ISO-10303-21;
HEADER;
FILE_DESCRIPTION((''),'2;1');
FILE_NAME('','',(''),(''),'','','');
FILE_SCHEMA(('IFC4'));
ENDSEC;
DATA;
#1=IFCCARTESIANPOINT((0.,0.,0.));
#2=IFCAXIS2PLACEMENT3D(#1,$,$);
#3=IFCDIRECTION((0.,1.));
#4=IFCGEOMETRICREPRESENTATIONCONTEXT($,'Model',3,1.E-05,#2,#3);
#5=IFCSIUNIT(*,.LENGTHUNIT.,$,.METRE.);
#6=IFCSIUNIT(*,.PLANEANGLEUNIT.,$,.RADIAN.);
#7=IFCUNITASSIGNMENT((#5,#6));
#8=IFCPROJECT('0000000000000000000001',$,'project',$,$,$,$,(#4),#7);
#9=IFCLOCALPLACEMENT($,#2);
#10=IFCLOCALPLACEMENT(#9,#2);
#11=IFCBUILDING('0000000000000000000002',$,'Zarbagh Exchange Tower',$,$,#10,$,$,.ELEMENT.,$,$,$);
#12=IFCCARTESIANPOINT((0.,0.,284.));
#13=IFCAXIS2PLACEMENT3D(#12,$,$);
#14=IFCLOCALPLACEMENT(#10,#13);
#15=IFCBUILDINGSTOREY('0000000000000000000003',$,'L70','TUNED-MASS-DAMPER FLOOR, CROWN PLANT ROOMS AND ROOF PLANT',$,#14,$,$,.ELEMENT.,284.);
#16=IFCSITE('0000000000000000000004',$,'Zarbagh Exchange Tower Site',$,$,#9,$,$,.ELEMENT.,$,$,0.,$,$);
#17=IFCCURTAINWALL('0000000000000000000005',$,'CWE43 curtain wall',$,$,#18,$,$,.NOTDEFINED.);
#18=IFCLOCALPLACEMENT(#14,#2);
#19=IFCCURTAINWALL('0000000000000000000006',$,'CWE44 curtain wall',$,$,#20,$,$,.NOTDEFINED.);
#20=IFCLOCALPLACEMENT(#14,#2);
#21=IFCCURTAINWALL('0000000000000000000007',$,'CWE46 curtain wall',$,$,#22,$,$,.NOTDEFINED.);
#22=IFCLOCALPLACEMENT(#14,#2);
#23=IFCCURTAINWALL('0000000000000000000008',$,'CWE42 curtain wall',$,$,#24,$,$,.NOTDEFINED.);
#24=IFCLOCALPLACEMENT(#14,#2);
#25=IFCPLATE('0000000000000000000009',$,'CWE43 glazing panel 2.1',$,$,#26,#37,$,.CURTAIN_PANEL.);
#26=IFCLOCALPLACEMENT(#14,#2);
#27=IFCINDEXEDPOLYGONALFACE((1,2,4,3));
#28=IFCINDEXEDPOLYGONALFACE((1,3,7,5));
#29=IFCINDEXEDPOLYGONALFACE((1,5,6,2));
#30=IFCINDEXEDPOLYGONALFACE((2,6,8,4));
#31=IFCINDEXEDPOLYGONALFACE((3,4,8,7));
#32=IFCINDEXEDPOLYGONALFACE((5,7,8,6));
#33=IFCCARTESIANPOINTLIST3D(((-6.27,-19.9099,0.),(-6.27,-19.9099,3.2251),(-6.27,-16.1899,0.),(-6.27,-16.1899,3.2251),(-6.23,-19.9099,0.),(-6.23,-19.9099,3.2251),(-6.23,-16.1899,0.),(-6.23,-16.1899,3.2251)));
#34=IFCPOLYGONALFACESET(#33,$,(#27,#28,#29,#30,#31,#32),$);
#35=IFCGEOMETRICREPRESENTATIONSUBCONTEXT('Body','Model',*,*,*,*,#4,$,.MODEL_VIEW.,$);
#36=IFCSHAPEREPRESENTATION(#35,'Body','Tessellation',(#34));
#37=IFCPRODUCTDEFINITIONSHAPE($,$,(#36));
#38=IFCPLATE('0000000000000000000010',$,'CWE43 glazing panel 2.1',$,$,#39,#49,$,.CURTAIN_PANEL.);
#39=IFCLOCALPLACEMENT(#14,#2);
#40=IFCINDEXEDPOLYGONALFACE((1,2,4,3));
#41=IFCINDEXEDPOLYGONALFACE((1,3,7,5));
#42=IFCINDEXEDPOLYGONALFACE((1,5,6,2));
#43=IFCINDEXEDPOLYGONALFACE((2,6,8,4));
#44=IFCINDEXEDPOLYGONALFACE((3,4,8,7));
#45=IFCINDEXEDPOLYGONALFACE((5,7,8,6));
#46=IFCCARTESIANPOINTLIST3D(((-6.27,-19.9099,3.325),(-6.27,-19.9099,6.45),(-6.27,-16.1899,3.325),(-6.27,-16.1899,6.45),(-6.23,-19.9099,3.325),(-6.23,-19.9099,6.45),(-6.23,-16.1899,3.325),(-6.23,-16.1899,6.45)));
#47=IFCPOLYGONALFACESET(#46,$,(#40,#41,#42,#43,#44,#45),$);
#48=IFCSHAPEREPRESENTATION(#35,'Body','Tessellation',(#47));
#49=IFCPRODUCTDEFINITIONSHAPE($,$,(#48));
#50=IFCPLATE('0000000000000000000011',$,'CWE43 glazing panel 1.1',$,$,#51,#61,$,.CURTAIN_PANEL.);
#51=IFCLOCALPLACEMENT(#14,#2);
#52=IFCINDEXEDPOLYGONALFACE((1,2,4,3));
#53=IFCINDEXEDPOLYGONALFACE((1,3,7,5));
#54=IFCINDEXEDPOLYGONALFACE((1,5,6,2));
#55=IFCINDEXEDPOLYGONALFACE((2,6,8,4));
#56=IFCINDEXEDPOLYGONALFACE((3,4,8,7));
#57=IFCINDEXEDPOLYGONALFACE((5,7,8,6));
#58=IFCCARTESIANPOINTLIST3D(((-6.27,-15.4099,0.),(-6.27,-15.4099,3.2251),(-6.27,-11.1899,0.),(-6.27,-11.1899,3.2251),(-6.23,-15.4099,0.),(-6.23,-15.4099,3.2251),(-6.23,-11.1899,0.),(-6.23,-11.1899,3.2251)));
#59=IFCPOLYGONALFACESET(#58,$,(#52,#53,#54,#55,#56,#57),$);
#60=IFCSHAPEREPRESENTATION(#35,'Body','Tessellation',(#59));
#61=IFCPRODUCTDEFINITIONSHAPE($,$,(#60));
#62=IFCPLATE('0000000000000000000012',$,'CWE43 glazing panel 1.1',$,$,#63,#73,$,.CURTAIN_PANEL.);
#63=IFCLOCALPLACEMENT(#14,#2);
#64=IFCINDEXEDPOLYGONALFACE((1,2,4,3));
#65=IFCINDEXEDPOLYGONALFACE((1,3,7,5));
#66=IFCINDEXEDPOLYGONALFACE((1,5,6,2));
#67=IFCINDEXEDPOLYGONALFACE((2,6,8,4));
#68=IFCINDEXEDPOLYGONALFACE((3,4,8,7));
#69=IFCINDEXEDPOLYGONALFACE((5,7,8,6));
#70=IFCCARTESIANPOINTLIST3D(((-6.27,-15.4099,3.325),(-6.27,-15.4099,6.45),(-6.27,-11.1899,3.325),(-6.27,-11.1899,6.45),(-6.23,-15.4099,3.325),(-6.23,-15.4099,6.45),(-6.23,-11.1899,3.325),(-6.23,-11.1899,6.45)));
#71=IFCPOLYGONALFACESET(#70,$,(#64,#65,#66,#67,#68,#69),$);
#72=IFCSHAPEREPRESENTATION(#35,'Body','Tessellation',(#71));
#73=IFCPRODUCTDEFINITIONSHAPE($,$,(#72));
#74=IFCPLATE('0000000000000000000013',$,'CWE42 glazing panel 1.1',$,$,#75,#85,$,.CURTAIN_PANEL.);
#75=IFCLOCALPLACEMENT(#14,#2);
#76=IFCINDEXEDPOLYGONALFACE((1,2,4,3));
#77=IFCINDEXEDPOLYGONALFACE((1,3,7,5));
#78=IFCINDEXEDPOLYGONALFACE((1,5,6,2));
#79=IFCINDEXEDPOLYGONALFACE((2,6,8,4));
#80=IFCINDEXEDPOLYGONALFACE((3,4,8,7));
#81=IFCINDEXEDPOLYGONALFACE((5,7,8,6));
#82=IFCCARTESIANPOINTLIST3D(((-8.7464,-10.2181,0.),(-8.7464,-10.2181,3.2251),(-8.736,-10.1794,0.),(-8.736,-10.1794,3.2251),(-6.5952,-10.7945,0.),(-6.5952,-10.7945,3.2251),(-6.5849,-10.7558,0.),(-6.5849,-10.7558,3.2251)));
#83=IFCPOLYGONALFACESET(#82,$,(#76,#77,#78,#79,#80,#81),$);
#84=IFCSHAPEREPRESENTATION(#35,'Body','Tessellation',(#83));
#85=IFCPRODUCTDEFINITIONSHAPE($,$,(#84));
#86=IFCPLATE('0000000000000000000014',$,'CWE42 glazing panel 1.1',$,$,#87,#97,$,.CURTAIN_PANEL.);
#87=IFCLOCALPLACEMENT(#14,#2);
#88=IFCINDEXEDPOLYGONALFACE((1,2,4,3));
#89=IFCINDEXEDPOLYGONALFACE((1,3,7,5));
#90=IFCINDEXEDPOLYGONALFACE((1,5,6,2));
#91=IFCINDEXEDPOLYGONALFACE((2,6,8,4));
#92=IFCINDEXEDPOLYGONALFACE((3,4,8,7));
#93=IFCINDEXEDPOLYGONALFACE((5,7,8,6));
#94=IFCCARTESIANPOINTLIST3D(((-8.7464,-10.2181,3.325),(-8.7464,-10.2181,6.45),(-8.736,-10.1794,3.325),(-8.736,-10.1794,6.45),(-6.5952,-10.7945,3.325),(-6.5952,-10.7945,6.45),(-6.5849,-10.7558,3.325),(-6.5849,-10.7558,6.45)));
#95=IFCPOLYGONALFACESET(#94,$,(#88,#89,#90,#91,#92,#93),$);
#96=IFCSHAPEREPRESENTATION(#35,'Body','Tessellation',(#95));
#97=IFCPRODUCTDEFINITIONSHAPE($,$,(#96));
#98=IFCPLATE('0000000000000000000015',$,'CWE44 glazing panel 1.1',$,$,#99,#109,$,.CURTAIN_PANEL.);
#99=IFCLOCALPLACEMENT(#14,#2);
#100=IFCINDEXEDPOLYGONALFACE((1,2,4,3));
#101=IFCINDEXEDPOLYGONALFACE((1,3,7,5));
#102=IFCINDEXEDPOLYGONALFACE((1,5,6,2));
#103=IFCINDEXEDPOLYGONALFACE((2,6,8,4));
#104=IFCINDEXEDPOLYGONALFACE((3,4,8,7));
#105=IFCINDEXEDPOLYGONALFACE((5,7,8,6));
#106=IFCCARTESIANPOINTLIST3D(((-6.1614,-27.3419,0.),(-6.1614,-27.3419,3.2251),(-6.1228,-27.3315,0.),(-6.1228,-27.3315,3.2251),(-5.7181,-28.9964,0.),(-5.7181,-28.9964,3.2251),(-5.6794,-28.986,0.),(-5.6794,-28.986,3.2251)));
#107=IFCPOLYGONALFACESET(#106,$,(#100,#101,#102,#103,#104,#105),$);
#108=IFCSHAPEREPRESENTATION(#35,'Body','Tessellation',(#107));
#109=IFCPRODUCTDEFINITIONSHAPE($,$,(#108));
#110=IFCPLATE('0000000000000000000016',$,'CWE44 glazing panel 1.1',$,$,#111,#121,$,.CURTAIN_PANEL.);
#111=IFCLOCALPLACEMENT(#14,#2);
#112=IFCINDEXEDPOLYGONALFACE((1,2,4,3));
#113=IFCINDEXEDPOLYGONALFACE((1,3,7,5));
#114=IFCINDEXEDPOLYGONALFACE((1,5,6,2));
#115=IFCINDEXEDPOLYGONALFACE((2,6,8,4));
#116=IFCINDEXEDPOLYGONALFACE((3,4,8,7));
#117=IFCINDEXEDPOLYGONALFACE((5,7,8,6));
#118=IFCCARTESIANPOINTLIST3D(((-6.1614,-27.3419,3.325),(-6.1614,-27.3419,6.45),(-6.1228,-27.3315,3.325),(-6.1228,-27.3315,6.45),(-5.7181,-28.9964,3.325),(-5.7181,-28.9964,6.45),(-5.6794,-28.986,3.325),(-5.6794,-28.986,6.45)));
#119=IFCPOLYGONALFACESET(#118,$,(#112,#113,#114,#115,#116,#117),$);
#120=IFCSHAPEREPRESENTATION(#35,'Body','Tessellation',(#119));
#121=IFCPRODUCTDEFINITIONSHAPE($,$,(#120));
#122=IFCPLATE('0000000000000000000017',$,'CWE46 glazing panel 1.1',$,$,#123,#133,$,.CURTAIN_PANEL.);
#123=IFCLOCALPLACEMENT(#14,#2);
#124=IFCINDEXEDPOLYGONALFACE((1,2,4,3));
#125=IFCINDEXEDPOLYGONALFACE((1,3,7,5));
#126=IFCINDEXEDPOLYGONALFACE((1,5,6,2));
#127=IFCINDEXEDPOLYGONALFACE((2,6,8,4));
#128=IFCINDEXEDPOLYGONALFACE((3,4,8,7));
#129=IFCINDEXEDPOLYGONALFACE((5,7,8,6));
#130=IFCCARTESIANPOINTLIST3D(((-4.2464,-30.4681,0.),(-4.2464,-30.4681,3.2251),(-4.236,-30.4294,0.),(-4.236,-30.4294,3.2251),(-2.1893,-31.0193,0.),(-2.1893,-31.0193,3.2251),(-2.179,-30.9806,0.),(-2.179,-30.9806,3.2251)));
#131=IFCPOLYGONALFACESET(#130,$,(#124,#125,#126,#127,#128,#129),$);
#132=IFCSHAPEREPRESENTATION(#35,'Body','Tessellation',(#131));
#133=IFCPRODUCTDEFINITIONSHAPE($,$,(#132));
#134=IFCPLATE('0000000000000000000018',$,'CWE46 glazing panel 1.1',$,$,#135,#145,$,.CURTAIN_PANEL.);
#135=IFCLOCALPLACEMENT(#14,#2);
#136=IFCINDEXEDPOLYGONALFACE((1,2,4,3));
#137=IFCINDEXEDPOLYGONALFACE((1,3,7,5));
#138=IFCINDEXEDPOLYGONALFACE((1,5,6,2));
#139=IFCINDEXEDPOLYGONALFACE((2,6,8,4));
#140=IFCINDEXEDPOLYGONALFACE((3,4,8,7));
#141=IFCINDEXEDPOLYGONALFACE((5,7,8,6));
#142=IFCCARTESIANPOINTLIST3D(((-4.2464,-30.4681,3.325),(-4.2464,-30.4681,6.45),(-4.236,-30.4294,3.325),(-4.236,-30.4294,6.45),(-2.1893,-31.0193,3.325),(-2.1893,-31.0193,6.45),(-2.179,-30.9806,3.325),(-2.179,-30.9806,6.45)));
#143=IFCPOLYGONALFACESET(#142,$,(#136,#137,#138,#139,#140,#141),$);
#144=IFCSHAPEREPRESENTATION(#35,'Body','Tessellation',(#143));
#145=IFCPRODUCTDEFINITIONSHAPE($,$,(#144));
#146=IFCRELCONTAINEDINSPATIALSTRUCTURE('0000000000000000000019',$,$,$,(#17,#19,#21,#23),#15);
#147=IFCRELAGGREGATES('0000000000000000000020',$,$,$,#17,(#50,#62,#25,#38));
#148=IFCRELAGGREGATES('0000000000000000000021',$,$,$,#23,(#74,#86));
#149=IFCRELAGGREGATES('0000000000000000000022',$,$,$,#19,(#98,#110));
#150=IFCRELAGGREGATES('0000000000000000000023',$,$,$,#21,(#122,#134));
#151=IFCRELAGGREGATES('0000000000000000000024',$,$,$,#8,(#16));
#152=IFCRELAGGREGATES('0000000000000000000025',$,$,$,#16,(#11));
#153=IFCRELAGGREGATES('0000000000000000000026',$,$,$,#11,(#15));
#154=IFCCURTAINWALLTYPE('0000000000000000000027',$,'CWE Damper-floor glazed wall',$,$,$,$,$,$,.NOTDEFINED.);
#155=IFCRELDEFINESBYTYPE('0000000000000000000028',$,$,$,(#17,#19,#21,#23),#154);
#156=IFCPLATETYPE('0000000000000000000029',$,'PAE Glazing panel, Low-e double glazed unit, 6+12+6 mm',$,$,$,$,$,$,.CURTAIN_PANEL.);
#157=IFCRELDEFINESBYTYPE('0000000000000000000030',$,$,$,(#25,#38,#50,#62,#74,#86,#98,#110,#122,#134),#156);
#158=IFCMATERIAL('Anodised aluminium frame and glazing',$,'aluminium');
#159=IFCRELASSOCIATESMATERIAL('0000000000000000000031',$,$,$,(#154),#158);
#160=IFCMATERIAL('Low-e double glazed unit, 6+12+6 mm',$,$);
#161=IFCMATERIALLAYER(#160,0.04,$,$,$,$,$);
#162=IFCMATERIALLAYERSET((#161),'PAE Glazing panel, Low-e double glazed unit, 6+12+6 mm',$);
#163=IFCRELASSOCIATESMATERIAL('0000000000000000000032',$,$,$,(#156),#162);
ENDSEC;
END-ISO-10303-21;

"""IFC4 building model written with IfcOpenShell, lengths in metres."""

from ifc_helpers import new_model, si_unit, direction, frame, origin, place, context, subcontext, project, spatial, polyline, outline, extrude, source, transform, mapped, material, layer, layer_set, type_object, element, aggregate, save


model = new_model("IFC4")

# Units and contexts
model_context = context("Model", 3, precision=1e-05, world=origin(), true_north=direction((0.0, 1.0)))
body_context = subcontext(model_context, "Body", "Model", "MODEL_VIEW")
ifc_project = project(units=[si_unit("LENGTHUNIT", "METRE"), si_unit("PLANEANGLEUNIT", "RADIAN")], contexts=[model_context])

# Site, building, storey
site_placement = place(None, origin())
site = spatial("IfcSite", under=ifc_project, at=site_placement, Name="Zarbagh Exchange Tower Site", CompositionType="ELEMENT", RefElevation=0.0)
building_placement = place(site_placement, origin())
building = spatial("IfcBuilding", under=site, at=building_placement, Name="Zarbagh Exchange Tower", CompositionType="ELEMENT")
storey_placement = place(building_placement, frame((0.0, 0.0, 284.0)))
storey = spatial("IfcBuildingStorey", under=building, at=storey_placement, Name="L70", Description="TUNED-MASS-DAMPER FLOOR, CROWN PLANT ROOMS AND ROOF PLANT", CompositionType="ELEMENT", Elevation=284.0)

# Curtain wall
ifc_material_1 = material(Name="Anodised aluminium frame and glazing", Category="aluminium")
curtain_wall_type = type_object("IfcCurtainWallType", Name="CWE Damper-floor glazed wall", PredefinedType="NOTDEFINED", material=ifc_material_1)
curtain_wall_1_placement = place(storey_placement, origin())
curtain_wall_1 = element("IfcCurtainWall", 1, at=curtain_wall_1_placement, inside=storey, type_object=curtain_wall_type, Name="CWE43 curtain wall", PredefinedType="NOTDEFINED")
placement = place(storey_placement, origin())

# Curtain wall
curtain_wall_2_placement = place(storey_placement, origin())
curtain_wall_2 = element("IfcCurtainWall", 2, at=curtain_wall_2_placement, inside=storey, type_object=curtain_wall_type, Name="CWE44 curtain wall", PredefinedType="NOTDEFINED")

# Curtain wall
curtain_wall_3_placement = place(storey_placement, origin())
curtain_wall_3 = element("IfcCurtainWall", 3, at=curtain_wall_3_placement, inside=storey, type_object=curtain_wall_type, Name="CWE46 curtain wall", PredefinedType="NOTDEFINED")

# Curtain wall
curtain_wall_4_placement = place(storey_placement, origin())
curtain_wall_4 = element("IfcCurtainWall", 4, at=curtain_wall_4_placement, inside=storey, type_object=curtain_wall_type, Name="CWE42 curtain wall", PredefinedType="NOTDEFINED")

# Plates
ifc_material_2 = material(Name="Low-e double glazed unit, 6+12+6 mm")
ifc_layer = layer(ifc_material_2, 0.04)
ifc_layer_set = layer_set([ifc_layer], Name="PAE Glazing panel, Low-e double glazed unit, 6+12+6 mm")
plate_type = type_object("IfcPlateType", Name="PAE Glazing panel, Low-e double glazed unit, 6+12+6 mm", PredefinedType="CURTAIN_PANEL", material=ifc_layer_set)
shared_shape_1 = source(origin(), body_context, "Body", "SweptSolid", [
    extrude(outline(polyline([(0.0, -0.02), (3.72, -0.02), (3.72, 0.02), (0.0, 0.02), (0.0, -0.02)])), origin(), (0.0, 0.0, 1.0), 3.2251),
])
plate_1 = element("IfcPlate", 5, at=placement, type_object=plate_type, Name="CWE43 glazing panel 2.1", PredefinedType="CURTAIN_PANEL", context=body_context, shape_type="MappedRepresentation", body=[
    mapped(shared_shape_1, transform((-6.25, -16.1899, 0.0), x_axis=(0.0, -1.0, 0.0), y_axis=(1.0, 0.0, 0.0), z_axis=(0.0, 0.0, 1.0))),
])
shared_shape_2 = source(origin(), body_context, "Body", "SweptSolid", [
    extrude(outline(polyline([(0.0, -0.02), (3.72, -0.02), (3.72, 0.02), (0.0, 0.02), (0.0, -0.02)])), origin(), (0.0, 0.0, 1.0), 3.125),
])
plate_2 = element("IfcPlate", 6, at=placement, type_object=plate_type, Name="CWE43 glazing panel 2.1", PredefinedType="CURTAIN_PANEL", context=body_context, shape_type="MappedRepresentation", body=[
    mapped(shared_shape_2, transform((-6.25, -16.1899, 3.325), x_axis=(0.0, -1.0, 0.0), y_axis=(1.0, 0.0, 0.0), z_axis=(0.0, 0.0, 1.0))),
])
shared_shape_3 = source(origin(), body_context, "Body", "SweptSolid", [
    extrude(outline(polyline([(0.0, -0.02), (4.22, -0.02), (4.22, 0.02), (0.0, 0.02), (0.0, -0.02)])), origin(), (0.0, 0.0, 1.0), 3.2251),
])
plate_3 = element("IfcPlate", 7, at=placement, type_object=plate_type, Name="CWE43 glazing panel 1.1", PredefinedType="CURTAIN_PANEL", context=body_context, shape_type="MappedRepresentation", body=[
    mapped(shared_shape_3, transform((-6.25, -11.1899, 0.0), x_axis=(0.0, -1.0, 0.0), y_axis=(1.0, 0.0, 0.0), z_axis=(0.0, 0.0, 1.0))),
])
shared_shape_4 = source(origin(), body_context, "Body", "SweptSolid", [
    extrude(outline(polyline([(0.0, -0.02), (4.22, -0.02), (4.22, 0.02), (0.0, 0.02), (0.0, -0.02)])), origin(), (0.0, 0.0, 1.0), 3.125),
])
plate_4 = element("IfcPlate", 8, at=placement, type_object=plate_type, Name="CWE43 glazing panel 1.1", PredefinedType="CURTAIN_PANEL", context=body_context, shape_type="MappedRepresentation", body=[
    mapped(shared_shape_4, transform((-6.25, -11.1899, 3.325), x_axis=(0.0, -1.0, 0.0), y_axis=(1.0, 0.0, 0.0), z_axis=(0.0, 0.0, 1.0))),
])
aggregate(curtain_wall_1, [plate_3, plate_4, plate_1, plate_2])
shared_shape_5 = source(origin(), body_context, "Body", "SweptSolid", [
    extrude(outline(polyline([(0.0, -0.02), (2.2271, -0.02), (2.2271, 0.02), (0.0, 0.02), (0.0, -0.02)])), origin(), (0.0, 0.0, 1.0), 3.2251),
])
plate_5 = element("IfcPlate", 9, at=placement, type_object=plate_type, Name="CWE42 glazing panel 1.1", PredefinedType="CURTAIN_PANEL", context=body_context, shape_type="MappedRepresentation", body=[
    mapped(shared_shape_5, transform((-8.7412, -10.1987, 0.0), x_axis=(0.965924, -0.258825, 0.0), y_axis=(0.258825, 0.965924, 0.0), z_axis=(0.0, 0.0, 1.0))),
])
shared_shape_6 = source(origin(), body_context, "Body", "SweptSolid", [
    extrude(outline(polyline([(0.0, -0.02), (2.2271, -0.02), (2.2271, 0.02), (0.0, 0.02), (0.0, -0.02)])), origin(), (0.0, 0.0, 1.0), 3.125),
])
plate_6 = element("IfcPlate", 10, at=placement, type_object=plate_type, Name="CWE42 glazing panel 1.1", PredefinedType="CURTAIN_PANEL", context=body_context, shape_type="MappedRepresentation", body=[
    mapped(shared_shape_6, transform((-8.7412, -10.1987, 3.325), x_axis=(0.965924, -0.258825, 0.0), y_axis=(0.258825, 0.965924, 0.0), z_axis=(0.0, 0.0, 1.0))),
])
aggregate(curtain_wall_4, [plate_5, plate_6])
shared_shape_7 = source(origin(), body_context, "Body", "SweptSolid", [
    extrude(outline(polyline([(0.0, -0.02), (1.7129, -0.02), (1.7129, 0.02), (0.0, 0.02), (0.0, -0.02)])), origin(), (0.0, 0.0, 1.0), 3.2251),
])
plate_7 = element("IfcPlate", 11, at=placement, type_object=plate_type, Name="CWE44 glazing panel 1.1", PredefinedType="CURTAIN_PANEL", context=body_context, shape_type="MappedRepresentation", body=[
    mapped(shared_shape_7, transform((-6.1421, -27.3367, 0.0), x_axis=(0.258825, -0.965924, 0.0), y_axis=(0.965924, 0.258825, 0.0), z_axis=(0.0, 0.0, 1.0))),
])
shared_shape_8 = source(origin(), body_context, "Body", "SweptSolid", [
    extrude(outline(polyline([(0.0, -0.02), (1.7129, -0.02), (1.7129, 0.02), (0.0, 0.02), (0.0, -0.02)])), origin(), (0.0, 0.0, 1.0), 3.125),
])
plate_8 = element("IfcPlate", 12, at=placement, type_object=plate_type, Name="CWE44 glazing panel 1.1", PredefinedType="CURTAIN_PANEL", context=body_context, shape_type="MappedRepresentation", body=[
    mapped(shared_shape_8, transform((-6.1421, -27.3367, 3.325), x_axis=(0.258825, -0.965924, 0.0), y_axis=(0.965924, 0.258825, 0.0), z_axis=(0.0, 0.0, 1.0))),
])
aggregate(curtain_wall_2, [plate_7, plate_8])
shared_shape_9 = source(origin(), body_context, "Body", "SweptSolid", [
    extrude(outline(polyline([(0.0, -0.02), (2.1296, -0.02), (2.1296, 0.02), (0.0, 0.02), (0.0, -0.02)])), origin(), (0.0, 0.0, 1.0), 3.2251),
])
plate_9 = element("IfcPlate", 13, at=placement, type_object=plate_type, Name="CWE46 glazing panel 1.1", PredefinedType="CURTAIN_PANEL", context=body_context, shape_type="MappedRepresentation", body=[
    mapped(shared_shape_9, transform((-4.2412, -30.4487, 0.0), x_axis=(0.965924, -0.258825, 0.0), y_axis=(0.258825, 0.965924, 0.0), z_axis=(0.0, 0.0, 1.0))),
])
shared_shape_10 = source(origin(), body_context, "Body", "SweptSolid", [
    extrude(outline(polyline([(0.0, -0.02), (2.1296, -0.02), (2.1296, 0.02), (0.0, 0.02), (0.0, -0.02)])), origin(), (0.0, 0.0, 1.0), 3.125),
])
plate_10 = element("IfcPlate", 14, at=placement, type_object=plate_type, Name="CWE46 glazing panel 1.1", PredefinedType="CURTAIN_PANEL", context=body_context, shape_type="MappedRepresentation", body=[
    mapped(shared_shape_10, transform((-4.2412, -30.4487, 3.325), x_axis=(0.965924, -0.258825, 0.0), y_axis=(0.258825, 0.965924, 0.0), z_axis=(0.0, 0.0, 1.0))),
])
aggregate(curtain_wall_3, [plate_9, plate_10])

save(model, "model.ifc")
